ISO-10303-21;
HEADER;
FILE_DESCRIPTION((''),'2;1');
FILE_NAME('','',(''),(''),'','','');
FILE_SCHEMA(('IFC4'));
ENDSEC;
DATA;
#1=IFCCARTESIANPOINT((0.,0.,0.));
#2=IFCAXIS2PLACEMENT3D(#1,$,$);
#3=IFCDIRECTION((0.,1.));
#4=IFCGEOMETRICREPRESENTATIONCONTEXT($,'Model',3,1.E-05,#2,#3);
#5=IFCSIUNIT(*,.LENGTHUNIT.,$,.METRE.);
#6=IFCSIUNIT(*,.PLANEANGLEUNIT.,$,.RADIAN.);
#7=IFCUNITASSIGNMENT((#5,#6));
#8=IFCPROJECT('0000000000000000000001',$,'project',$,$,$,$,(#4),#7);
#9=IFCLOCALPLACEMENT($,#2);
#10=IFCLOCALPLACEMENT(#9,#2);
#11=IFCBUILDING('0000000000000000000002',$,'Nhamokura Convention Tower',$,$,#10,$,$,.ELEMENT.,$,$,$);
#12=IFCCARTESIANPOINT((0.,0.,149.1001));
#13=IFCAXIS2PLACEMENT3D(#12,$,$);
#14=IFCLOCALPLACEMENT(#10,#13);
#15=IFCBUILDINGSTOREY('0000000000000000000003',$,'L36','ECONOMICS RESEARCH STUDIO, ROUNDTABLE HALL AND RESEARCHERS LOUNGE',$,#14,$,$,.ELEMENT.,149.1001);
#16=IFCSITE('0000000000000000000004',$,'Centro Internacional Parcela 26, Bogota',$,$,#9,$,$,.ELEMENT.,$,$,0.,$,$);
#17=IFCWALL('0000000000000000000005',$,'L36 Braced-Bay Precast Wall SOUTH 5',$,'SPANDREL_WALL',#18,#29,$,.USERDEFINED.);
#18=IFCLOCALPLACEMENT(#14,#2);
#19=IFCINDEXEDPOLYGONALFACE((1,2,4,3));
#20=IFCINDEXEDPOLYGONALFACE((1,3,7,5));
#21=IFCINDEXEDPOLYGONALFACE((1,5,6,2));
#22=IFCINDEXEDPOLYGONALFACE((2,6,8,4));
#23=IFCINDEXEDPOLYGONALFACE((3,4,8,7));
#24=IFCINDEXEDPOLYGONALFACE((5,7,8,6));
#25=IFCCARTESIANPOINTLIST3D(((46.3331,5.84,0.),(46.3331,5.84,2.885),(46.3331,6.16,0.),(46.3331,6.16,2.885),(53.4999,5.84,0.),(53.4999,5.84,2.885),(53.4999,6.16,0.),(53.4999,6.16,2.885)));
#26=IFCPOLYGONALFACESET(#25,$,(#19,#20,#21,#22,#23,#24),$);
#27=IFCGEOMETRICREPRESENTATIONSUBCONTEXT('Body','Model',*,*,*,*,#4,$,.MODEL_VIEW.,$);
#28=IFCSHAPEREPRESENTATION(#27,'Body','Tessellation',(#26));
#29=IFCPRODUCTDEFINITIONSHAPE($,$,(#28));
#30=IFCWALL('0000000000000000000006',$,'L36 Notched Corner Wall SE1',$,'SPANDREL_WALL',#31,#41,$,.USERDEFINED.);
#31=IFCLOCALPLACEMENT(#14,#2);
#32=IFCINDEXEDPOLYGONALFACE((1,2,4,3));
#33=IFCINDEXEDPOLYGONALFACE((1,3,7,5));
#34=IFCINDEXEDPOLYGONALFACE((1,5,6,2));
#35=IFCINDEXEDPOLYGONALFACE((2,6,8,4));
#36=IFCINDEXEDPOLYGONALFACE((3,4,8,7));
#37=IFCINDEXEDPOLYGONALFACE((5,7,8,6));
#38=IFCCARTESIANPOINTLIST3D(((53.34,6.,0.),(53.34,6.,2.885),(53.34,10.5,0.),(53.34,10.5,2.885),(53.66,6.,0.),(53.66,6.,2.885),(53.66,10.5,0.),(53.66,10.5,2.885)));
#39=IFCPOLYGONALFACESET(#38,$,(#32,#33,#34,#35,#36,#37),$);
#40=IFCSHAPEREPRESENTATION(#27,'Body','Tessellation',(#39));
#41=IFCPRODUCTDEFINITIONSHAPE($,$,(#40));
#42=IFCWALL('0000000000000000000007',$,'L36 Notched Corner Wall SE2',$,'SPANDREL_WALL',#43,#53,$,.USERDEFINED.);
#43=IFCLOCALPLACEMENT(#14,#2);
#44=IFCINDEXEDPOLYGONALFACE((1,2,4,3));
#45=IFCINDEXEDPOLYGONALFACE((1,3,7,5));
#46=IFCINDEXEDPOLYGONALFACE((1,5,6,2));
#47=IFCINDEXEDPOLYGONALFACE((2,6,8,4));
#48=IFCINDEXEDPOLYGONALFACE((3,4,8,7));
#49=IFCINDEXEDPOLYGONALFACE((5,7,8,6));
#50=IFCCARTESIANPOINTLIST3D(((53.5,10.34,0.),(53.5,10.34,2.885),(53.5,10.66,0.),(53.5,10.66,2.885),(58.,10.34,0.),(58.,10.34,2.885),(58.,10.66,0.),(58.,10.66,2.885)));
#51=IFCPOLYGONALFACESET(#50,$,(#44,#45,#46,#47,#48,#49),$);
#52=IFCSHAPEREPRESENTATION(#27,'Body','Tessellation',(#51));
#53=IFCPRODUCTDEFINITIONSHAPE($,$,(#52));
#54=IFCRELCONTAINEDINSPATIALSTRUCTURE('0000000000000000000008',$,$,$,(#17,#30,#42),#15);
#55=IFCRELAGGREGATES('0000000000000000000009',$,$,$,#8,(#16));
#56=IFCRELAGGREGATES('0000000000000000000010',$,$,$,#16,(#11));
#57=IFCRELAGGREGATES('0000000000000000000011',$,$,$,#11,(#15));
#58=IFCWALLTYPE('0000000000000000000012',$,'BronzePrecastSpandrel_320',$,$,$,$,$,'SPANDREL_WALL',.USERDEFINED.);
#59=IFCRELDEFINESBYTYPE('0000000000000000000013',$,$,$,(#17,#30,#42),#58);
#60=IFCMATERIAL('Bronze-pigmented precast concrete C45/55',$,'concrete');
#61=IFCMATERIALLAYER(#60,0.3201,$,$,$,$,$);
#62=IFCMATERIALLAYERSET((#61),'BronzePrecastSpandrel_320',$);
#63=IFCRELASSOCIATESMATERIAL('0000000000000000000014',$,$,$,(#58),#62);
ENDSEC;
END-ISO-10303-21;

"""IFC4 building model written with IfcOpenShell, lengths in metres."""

from ifc_helpers import new_model, si_unit, direction, frame, frame_2d, origin, place, context, subcontext, project, spatial, rectangle, extrude, material, layer, layer_set, type_object, element, save


model = new_model("IFC4")

# Units and contexts
model_context = context("Model", 3, precision=1e-05, world=origin(), true_north=direction((0.0, 1.0)))
body_context = subcontext(model_context, "Body", "Model", "MODEL_VIEW")
ifc_project = project(units=[si_unit("LENGTHUNIT", "METRE"), si_unit("PLANEANGLEUNIT", "RADIAN")], contexts=[model_context])

# Site, building, storey
site_placement = place(None, origin())
site = spatial("IfcSite", under=ifc_project, at=site_placement, Name="Centro Internacional Parcela 26, Bogota", CompositionType="ELEMENT", RefElevation=0.0)
building_placement = place(site_placement, origin())
building = spatial("IfcBuilding", under=site, at=building_placement, Name="Nhamokura Convention Tower", CompositionType="ELEMENT")
storey_placement = place(building_placement, frame((0.0, 0.0, 149.1001)))
storey = spatial("IfcBuildingStorey", under=building, at=storey_placement, Name="L36", Description="ECONOMICS RESEARCH STUDIO, ROUNDTABLE HALL AND RESEARCHERS LOUNGE", CompositionType="ELEMENT", Elevation=149.1001)

# Shared definitions
ifc_material_1 = material(Name="Bronze-pigmented precast concrete C45/55", Category="concrete")
ifc_layer = layer(ifc_material_1, 0.3201)
ifc_layer_set = layer_set([ifc_layer], Name="BronzePrecastSpandrel_320")
wall_type = type_object("IfcWallType", Name="BronzePrecastSpandrel_320", ElementType="SPANDREL_WALL", PredefinedType="USERDEFINED", material=ifc_layer_set)

# Walls
wall_1_placement = place(storey_placement, frame((53.5, 6.0, 0.0), z_axis=(0.0, 0.0, 1.0), x_axis=(-1.0, 0.0, 0.0)))
element("IfcWall", 1, at=wall_1_placement, inside=storey, type_object=wall_type, Name="L36 Braced-Bay Precast Wall SOUTH 5", ObjectType="SPANDREL_WALL", PredefinedType="USERDEFINED", context=body_context, shape_type="SweptSolid", body=[
    extrude(rectangle(XDim=7.1667, YDim=0.3201, at=frame_2d((3.5835, 0.0))), origin(), (0.0, 0.0, 1.0), 2.885),
])
for number, where, z_axis, x_axis, name in (
    (2, (53.5, 10.5, 0.0), (0.0, 0.0, 1.0), (0.0, -1.0, 0.0), "L36 Notched Corner Wall SE1"),
    (3, (58.0, 10.5, 0.0), (0.0, 0.0, 1.0), (-1.0, 0.0, 0.0), "L36 Notched Corner Wall SE2"),
):
    element("IfcWall", number, at=place(storey_placement, frame(where, z_axis=z_axis, x_axis=x_axis)), inside=storey, type_object=wall_type, Name=name, ObjectType="SPANDREL_WALL", PredefinedType="USERDEFINED", context=body_context, shape_type="SweptSolid", body=[
        extrude(rectangle(XDim=4.5, YDim=0.3201, at=frame_2d((2.25, 0.0))), origin(), (0.0, 0.0, 1.0), 2.885),
    ])

save(model, "model.ifc")
